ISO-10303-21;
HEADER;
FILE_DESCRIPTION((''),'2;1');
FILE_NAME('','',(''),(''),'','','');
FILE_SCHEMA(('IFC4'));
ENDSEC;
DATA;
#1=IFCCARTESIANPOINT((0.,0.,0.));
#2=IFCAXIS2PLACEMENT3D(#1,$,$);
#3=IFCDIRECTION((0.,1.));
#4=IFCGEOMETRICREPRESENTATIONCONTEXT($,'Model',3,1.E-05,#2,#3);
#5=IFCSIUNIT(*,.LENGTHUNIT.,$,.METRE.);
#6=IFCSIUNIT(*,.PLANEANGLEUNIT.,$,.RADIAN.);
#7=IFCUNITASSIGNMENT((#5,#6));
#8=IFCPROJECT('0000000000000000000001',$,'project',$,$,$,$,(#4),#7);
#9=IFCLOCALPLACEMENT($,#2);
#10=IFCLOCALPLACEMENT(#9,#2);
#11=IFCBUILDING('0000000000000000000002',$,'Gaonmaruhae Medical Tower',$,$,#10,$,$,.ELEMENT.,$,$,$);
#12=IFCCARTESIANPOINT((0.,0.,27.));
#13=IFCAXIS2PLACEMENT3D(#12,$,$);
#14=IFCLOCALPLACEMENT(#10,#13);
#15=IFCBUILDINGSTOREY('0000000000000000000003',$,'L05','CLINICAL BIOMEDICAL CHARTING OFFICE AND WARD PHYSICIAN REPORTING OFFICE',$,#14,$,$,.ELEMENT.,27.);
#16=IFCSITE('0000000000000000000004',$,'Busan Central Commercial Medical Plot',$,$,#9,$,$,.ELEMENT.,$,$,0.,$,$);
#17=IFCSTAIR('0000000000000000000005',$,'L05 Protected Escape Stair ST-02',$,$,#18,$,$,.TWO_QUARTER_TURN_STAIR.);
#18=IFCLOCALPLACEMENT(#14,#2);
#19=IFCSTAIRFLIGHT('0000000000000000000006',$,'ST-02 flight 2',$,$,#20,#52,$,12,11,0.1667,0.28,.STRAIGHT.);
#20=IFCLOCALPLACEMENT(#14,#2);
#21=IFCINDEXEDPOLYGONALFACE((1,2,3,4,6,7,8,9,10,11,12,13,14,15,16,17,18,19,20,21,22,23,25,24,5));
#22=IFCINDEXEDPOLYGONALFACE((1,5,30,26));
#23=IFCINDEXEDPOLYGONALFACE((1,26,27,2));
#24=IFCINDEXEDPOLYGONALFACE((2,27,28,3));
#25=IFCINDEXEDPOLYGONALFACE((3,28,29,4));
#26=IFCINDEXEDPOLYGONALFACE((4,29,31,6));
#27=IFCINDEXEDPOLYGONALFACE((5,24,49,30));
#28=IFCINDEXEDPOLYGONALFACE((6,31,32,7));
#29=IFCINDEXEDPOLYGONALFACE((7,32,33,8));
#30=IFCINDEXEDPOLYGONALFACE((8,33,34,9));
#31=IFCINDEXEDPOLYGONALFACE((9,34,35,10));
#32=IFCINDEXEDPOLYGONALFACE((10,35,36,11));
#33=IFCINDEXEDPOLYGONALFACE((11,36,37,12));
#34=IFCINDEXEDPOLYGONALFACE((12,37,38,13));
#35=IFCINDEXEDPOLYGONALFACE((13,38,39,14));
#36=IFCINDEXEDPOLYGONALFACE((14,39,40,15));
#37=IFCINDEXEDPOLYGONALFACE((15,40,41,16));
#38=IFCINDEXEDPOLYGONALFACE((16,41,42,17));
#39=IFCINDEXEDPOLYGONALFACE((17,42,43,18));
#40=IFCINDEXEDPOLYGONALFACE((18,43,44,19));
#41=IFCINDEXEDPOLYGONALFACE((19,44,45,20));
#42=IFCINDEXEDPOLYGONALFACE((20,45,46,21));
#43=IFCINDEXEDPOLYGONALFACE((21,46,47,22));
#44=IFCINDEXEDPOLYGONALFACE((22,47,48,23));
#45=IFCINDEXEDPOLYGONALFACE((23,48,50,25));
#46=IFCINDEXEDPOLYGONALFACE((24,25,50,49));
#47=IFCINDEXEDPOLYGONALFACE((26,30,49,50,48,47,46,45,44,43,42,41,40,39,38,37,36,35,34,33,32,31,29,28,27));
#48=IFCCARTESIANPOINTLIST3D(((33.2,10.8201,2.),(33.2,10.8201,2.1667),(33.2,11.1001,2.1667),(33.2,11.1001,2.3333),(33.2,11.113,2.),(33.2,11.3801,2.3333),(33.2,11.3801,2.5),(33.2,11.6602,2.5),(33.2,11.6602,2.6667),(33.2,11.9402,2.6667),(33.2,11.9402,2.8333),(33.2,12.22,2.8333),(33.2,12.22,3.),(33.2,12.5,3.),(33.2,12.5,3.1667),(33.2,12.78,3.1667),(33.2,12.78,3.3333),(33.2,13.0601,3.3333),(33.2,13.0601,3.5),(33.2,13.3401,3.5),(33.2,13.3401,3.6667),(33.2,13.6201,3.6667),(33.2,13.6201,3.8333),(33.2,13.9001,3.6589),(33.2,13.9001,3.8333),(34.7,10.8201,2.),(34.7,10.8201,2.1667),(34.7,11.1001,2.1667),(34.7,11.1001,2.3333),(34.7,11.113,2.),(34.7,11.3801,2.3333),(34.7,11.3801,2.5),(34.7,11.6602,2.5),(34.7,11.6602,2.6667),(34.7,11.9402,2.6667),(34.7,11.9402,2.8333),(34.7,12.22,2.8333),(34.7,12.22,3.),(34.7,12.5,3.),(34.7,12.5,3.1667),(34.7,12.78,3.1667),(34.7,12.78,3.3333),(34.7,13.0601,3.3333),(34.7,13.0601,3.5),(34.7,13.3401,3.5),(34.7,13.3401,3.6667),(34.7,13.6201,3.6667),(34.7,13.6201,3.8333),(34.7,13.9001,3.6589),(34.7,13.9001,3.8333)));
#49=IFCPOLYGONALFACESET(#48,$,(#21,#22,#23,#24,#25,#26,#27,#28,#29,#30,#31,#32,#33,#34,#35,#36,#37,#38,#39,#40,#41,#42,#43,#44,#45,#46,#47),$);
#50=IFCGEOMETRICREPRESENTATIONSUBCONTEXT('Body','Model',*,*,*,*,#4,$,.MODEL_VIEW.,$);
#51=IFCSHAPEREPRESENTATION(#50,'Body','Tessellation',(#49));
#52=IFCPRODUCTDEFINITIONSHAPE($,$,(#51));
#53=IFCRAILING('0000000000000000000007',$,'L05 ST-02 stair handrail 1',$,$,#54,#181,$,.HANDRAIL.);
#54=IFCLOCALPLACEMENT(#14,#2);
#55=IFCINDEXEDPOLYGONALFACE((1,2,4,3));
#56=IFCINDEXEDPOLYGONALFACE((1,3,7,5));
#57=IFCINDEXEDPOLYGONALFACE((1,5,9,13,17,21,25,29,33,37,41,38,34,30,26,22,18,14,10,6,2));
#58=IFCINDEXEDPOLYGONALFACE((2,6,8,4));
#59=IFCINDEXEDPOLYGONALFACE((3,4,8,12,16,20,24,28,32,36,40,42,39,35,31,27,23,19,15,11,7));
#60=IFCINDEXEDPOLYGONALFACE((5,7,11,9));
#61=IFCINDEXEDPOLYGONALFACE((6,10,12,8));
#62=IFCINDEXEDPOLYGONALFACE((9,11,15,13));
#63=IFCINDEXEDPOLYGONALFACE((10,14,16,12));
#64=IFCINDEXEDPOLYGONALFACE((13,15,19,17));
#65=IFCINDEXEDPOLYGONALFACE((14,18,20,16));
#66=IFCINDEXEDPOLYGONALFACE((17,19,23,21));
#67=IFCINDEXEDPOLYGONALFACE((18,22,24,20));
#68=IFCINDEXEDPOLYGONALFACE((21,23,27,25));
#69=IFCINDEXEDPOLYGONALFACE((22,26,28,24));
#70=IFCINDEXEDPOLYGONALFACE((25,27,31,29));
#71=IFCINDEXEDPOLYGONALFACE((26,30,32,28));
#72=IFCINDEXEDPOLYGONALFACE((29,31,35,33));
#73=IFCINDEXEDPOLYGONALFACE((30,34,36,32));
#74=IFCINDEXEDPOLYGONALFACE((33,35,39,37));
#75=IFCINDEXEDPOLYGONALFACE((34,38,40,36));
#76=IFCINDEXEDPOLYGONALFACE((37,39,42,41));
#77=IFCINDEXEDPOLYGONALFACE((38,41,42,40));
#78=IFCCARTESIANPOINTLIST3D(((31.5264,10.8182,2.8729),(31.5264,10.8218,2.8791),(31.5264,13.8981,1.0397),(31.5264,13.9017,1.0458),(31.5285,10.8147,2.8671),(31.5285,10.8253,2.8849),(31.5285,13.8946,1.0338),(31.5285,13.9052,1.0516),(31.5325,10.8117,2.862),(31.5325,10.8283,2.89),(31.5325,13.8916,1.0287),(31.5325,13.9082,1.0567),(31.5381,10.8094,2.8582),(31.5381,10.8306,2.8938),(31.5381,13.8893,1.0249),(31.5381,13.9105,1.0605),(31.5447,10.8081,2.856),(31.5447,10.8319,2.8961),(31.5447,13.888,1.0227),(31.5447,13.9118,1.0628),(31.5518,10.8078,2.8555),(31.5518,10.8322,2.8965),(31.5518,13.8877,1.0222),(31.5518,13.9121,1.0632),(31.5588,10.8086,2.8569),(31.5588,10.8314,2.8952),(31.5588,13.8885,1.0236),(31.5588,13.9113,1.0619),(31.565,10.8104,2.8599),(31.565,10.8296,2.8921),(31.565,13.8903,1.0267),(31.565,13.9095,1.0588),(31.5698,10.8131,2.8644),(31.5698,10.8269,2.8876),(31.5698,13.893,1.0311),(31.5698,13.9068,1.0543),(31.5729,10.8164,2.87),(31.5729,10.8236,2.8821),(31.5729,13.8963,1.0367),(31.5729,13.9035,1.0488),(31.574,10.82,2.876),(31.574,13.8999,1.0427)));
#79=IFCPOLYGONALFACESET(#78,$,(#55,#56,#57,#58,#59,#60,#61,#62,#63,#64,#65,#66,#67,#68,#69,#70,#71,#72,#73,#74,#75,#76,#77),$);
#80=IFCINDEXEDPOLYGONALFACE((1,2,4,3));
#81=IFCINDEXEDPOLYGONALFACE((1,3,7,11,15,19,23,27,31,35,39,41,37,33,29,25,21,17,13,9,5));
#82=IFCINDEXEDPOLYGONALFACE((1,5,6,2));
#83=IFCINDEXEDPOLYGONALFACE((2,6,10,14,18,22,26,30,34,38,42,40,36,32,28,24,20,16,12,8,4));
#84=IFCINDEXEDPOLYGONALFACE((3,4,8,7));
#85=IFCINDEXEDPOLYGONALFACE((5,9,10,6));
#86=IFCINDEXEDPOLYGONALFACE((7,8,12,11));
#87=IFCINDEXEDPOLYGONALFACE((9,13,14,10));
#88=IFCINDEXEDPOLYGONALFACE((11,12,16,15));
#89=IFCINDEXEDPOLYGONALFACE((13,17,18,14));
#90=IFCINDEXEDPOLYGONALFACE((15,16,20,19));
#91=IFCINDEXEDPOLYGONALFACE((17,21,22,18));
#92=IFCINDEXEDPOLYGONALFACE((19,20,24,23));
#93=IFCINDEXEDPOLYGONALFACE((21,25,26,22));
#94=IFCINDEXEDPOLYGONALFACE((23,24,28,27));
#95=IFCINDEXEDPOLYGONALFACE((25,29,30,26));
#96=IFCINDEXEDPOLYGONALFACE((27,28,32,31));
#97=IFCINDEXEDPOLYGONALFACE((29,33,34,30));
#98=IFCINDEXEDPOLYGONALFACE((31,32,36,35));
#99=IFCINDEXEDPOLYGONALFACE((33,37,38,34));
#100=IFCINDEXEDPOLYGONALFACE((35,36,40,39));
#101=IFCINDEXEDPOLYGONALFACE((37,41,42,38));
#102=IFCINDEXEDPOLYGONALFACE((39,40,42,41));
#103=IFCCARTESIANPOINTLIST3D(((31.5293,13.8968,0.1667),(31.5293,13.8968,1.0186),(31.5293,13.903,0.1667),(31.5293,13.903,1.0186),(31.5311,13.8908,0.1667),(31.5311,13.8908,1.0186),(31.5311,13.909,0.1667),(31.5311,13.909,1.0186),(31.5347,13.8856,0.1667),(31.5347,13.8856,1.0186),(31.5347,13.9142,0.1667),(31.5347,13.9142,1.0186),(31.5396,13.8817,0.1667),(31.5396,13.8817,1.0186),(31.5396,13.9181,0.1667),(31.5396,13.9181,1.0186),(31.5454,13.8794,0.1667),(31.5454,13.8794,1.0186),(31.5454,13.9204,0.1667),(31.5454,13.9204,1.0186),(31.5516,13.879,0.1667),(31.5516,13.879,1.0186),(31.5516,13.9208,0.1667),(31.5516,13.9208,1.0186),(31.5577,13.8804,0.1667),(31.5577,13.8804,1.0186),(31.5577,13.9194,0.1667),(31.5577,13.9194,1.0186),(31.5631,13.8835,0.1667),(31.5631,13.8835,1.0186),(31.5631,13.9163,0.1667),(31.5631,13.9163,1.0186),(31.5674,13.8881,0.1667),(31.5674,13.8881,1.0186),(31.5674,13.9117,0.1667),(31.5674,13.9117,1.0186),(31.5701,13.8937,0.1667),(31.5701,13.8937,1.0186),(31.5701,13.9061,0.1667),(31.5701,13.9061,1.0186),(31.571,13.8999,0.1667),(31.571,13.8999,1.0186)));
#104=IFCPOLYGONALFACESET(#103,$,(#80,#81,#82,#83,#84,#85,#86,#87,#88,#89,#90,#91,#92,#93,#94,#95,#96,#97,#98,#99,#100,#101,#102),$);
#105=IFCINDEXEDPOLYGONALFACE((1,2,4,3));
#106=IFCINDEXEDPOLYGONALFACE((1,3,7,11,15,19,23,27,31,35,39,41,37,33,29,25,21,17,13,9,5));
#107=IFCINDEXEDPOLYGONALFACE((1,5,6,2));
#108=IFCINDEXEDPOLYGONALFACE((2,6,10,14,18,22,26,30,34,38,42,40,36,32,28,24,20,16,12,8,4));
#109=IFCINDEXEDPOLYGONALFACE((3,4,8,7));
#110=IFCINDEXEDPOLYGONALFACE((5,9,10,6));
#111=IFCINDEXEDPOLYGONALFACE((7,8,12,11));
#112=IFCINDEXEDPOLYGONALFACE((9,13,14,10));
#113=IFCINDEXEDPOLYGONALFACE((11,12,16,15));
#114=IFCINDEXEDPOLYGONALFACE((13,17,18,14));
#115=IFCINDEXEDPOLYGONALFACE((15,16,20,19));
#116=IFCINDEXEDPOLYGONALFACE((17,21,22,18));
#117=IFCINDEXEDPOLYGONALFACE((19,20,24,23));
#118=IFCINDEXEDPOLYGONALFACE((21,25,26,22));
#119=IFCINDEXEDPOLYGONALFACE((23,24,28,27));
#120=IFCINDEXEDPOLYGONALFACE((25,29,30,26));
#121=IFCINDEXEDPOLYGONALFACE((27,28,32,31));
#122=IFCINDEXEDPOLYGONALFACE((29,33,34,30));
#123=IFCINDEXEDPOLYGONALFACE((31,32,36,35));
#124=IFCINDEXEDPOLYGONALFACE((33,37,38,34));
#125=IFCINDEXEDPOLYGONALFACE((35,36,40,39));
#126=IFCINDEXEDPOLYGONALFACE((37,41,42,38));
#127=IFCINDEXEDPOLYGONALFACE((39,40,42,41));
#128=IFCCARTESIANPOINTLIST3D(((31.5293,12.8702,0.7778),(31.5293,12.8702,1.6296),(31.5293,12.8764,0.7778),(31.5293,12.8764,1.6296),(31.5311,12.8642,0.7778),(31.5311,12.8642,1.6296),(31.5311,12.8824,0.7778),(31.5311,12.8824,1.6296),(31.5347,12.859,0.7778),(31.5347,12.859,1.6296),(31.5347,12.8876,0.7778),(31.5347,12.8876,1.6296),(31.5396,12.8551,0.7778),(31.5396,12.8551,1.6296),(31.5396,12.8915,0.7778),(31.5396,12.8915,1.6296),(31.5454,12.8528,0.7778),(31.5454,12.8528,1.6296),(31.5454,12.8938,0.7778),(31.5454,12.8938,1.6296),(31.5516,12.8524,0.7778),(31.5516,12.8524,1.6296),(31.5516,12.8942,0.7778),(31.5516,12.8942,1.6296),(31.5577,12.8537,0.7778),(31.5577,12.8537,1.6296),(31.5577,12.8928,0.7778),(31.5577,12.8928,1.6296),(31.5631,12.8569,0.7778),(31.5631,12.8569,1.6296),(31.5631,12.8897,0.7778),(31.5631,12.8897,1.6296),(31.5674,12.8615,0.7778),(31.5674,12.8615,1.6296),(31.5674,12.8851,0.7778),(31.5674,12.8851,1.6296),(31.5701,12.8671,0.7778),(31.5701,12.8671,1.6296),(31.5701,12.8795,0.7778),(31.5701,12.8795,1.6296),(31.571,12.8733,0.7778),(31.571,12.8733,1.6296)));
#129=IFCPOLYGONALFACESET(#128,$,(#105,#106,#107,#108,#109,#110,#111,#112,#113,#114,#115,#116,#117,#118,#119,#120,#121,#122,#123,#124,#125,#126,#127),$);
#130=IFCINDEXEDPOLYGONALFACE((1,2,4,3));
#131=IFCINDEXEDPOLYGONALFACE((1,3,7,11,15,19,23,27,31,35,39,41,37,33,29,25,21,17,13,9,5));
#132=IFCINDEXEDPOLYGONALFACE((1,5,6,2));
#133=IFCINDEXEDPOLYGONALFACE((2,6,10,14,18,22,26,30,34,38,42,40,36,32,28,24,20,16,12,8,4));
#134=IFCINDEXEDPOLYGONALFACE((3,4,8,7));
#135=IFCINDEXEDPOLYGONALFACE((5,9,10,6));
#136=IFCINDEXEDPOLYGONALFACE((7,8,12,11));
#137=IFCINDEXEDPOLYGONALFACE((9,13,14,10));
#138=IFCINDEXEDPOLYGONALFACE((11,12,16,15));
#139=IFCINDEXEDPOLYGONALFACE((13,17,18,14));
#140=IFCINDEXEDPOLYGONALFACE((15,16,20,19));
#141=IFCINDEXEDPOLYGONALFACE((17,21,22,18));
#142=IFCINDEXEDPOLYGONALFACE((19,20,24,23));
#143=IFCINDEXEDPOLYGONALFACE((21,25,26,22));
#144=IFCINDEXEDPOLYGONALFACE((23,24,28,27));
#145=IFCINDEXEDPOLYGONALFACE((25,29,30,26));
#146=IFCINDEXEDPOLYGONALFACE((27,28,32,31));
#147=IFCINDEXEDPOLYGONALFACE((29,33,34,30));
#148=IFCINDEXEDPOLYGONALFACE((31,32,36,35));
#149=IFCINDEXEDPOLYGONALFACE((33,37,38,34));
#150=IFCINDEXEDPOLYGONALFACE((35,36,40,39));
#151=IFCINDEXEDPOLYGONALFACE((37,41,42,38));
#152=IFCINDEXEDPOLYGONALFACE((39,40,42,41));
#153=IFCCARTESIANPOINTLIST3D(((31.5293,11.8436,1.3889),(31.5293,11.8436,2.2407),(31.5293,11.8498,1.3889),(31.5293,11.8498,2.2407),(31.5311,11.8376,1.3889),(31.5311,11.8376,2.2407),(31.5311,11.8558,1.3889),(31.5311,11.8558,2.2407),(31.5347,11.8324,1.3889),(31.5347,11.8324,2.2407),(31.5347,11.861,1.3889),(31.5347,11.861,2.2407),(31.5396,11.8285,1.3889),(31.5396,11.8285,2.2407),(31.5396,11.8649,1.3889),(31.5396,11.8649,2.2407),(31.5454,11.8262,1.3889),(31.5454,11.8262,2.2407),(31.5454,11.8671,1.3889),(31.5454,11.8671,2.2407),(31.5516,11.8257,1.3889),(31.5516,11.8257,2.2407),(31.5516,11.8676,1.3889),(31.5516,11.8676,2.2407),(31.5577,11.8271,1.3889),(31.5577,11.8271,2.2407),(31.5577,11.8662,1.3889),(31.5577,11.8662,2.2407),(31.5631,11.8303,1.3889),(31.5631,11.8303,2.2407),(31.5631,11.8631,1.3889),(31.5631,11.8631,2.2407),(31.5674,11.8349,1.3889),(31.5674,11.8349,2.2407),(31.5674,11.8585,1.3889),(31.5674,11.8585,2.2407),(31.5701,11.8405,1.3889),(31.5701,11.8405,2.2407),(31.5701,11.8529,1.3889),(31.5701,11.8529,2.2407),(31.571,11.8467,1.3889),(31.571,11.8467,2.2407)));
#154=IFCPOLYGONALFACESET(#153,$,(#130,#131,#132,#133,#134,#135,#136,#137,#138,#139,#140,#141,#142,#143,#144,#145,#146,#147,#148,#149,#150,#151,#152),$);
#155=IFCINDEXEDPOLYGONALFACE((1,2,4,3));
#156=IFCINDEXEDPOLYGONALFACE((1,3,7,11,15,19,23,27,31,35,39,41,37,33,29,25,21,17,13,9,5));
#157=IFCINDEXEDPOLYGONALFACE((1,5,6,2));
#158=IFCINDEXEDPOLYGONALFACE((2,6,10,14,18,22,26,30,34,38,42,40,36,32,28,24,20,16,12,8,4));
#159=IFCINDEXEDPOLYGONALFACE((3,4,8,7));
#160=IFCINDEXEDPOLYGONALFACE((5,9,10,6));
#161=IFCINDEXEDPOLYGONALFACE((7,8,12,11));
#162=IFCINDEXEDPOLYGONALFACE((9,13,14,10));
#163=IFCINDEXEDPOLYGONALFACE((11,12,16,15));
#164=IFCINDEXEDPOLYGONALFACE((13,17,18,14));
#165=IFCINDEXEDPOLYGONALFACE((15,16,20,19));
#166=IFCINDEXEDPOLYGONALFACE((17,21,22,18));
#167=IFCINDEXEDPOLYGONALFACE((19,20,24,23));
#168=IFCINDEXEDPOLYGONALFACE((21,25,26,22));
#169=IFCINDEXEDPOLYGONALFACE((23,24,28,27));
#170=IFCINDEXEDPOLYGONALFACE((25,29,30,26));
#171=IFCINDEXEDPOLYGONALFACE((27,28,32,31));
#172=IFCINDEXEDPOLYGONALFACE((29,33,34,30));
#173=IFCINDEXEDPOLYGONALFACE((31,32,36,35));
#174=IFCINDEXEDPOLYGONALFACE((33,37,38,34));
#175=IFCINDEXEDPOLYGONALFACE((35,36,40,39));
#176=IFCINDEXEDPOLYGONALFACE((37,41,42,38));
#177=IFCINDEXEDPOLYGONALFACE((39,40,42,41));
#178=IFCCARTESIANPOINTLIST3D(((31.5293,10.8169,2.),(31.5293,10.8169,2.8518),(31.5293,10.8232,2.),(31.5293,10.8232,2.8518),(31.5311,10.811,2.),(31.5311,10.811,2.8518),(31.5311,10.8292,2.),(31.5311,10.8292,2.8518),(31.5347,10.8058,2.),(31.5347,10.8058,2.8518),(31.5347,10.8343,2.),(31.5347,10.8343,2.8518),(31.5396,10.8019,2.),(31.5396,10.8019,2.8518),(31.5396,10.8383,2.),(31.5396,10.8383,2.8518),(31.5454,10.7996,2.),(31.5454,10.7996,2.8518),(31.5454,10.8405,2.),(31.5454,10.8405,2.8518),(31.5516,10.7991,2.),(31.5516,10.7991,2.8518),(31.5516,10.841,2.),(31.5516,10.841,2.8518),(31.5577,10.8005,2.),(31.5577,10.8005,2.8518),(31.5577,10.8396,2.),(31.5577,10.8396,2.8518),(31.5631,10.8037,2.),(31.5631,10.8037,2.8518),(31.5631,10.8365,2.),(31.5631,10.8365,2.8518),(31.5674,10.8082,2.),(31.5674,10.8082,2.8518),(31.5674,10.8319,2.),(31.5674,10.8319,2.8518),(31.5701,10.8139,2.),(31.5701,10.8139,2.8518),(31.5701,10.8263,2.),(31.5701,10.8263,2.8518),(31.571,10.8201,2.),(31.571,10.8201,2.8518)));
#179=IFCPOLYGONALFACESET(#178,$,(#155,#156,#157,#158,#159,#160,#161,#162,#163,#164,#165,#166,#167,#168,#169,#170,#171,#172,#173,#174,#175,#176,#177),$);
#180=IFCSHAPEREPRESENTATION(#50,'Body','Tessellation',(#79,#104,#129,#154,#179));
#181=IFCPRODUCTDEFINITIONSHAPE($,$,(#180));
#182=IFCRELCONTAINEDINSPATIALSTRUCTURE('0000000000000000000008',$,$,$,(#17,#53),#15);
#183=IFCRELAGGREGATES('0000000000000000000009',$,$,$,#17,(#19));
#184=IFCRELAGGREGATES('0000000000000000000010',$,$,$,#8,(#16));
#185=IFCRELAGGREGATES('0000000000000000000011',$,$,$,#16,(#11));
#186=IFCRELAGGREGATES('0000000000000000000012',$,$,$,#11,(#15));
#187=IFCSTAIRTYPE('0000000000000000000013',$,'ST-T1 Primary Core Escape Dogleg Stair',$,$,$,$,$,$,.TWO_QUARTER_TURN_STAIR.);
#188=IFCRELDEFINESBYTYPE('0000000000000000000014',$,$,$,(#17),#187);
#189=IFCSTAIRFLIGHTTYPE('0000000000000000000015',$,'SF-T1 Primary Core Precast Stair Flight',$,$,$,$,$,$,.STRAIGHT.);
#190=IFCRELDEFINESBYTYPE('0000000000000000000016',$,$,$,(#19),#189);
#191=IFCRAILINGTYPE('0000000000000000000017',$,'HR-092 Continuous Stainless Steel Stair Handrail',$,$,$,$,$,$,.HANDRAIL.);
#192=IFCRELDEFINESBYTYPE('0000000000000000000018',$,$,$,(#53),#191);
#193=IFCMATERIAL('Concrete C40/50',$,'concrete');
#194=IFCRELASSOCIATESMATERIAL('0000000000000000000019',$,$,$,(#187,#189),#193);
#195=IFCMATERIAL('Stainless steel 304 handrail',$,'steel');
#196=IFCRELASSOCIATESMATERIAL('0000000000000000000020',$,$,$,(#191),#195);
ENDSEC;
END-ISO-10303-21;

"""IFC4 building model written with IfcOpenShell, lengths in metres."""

from ifc_helpers import new_model, si_unit, direction, frame, origin, origin_2d, place, context, subcontext, project, spatial, polyline, circle, outline, extrude, material, type_object, element, aggregate, save


model = new_model("IFC4")

# Units and contexts
model_context = context("Model", 3, precision=1e-05, world=origin(), true_north=direction((0.0, 1.0)))
body_context = subcontext(model_context, "Body", "Model", "MODEL_VIEW")
ifc_project = project(units=[si_unit("LENGTHUNIT", "METRE"), si_unit("PLANEANGLEUNIT", "RADIAN")], contexts=[model_context])

# Site, building, storey
site_placement = place(None, origin())
site = spatial("IfcSite", under=ifc_project, at=site_placement, Name="Busan Central Commercial Medical Plot", CompositionType="ELEMENT", RefElevation=0.0)
building_placement = place(site_placement, origin())
building = spatial("IfcBuilding", under=site, at=building_placement, Name="Gaonmaruhae Medical Tower", CompositionType="ELEMENT")
storey_placement = place(building_placement, frame((0.0, 0.0, 27.0)))
storey = spatial("IfcBuildingStorey", under=building, at=storey_placement, Name="L05", Description="CLINICAL BIOMEDICAL CHARTING OFFICE AND WARD PHYSICIAN REPORTING OFFICE", CompositionType="ELEMENT", Elevation=27.0)

# Stair, stair flight
ifc_material_1 = material(Name="Concrete C40/50", Category="concrete")
stair_type = type_object("IfcStairType", Name="ST-T1 Primary Core Escape Dogleg Stair", PredefinedType="TWO_QUARTER_TURN_STAIR", material=ifc_material_1)
stair_placement = place(storey_placement, origin())
stair = element("IfcStair", 1, at=stair_placement, inside=storey, type_object=stair_type, Name="L05 Protected Escape Stair ST-02", PredefinedType="TWO_QUARTER_TURN_STAIR")
stair_flight_type = type_object("IfcStairFlightType", Name="SF-T1 Primary Core Precast Stair Flight", PredefinedType="STRAIGHT", material=ifc_material_1)
stair_flight_1_placement = place(storey_placement, frame((33.95, 10.8201, 2.0), z_axis=(0.0, 0.0, 1.0), x_axis=(0.0, 1.0, 0.0)))
stair_flight_1 = element("IfcStairFlight", 2, at=stair_flight_1_placement, type_object=stair_flight_type, Name="ST-02 flight 2", NumberOfRisers=12, NumberOfTreads=11, PredefinedType="STRAIGHT", RiserHeight=0.1667, TreadLength=0.28, context=body_context, shape_type="SweptSolid", body=[
    extrude(outline(polyline([(0.0, 0.0), (0.0, 0.1667), (0.28, 0.1667), (0.28, 0.3333), (0.5601, 0.3333), (0.5601, 0.5), (0.8401, 0.5), (0.8401, 0.6667), (1.1201, 0.6667), (1.1201, 0.8333), (1.3999, 0.8333), (1.3999, 1.0), (1.6799, 1.0), (1.6799, 1.1667), (1.96, 1.1667), (1.96, 1.3333), (2.24, 1.3333), (2.24, 1.5), (2.52, 1.5), (2.52, 1.6667), (2.8, 1.6667), (2.8, 1.8333), (3.0801, 1.8333), (3.0801, 2.0), (3.0801, 1.6589), (0.293, 0.0), (0.0, 0.0)])), frame((0.0, 0.75, 0.0), z_axis=(0.0, -1.0, 0.0), x_axis=(1.0, 0.0, 0.0)), (0.0, 0.0, 1.0), 1.5),
])
aggregate(stair, [stair_flight_1])

# Railing
ifc_material_2 = material(Name="Stainless steel 304 handrail", Category="steel")
railing_type_1 = type_object("IfcRailingType", Name="HR-092 Continuous Stainless Steel Stair Handrail", PredefinedType="HANDRAIL", material=ifc_material_2)
railing_1_placement = place(storey_placement, frame((31.55, 13.8999, 0.1667)))
element("IfcRailing", 3, at=railing_1_placement, inside=storey, type_object=railing_type_1, Name="L05 ST-02 stair handrail 1", PredefinedType="HANDRAIL", context=body_context, shape_type="SweptSolid", body=[
    extrude(circle(Radius=0.0239, at=origin_2d()), frame((0.0, 0.0, 0.876), z_axis=(0.0, -0.859291, 0.511487), x_axis=(1.0, 0.0, 0.0)), (0.0, 0.0, 1.0), 3.5842),
    extrude(circle(Radius=0.021, at=origin_2d()), origin(), (0.0, 0.0, 1.0), 0.8518),
    extrude(circle(Radius=0.021, at=origin_2d()), frame((0.0, -1.0266, 0.6111)), (0.0, 0.0, 1.0), 0.8518),
    extrude(circle(Radius=0.021, at=origin_2d()), frame((0.0, -2.0532, 1.2222)), (0.0, 0.0, 1.0), 0.8518),
    extrude(circle(Radius=0.021, at=origin_2d()), frame((0.0, -3.0798, 1.8333)), (0.0, 0.0, 1.0), 0.8518),
])

save(model, "model.ifc")
